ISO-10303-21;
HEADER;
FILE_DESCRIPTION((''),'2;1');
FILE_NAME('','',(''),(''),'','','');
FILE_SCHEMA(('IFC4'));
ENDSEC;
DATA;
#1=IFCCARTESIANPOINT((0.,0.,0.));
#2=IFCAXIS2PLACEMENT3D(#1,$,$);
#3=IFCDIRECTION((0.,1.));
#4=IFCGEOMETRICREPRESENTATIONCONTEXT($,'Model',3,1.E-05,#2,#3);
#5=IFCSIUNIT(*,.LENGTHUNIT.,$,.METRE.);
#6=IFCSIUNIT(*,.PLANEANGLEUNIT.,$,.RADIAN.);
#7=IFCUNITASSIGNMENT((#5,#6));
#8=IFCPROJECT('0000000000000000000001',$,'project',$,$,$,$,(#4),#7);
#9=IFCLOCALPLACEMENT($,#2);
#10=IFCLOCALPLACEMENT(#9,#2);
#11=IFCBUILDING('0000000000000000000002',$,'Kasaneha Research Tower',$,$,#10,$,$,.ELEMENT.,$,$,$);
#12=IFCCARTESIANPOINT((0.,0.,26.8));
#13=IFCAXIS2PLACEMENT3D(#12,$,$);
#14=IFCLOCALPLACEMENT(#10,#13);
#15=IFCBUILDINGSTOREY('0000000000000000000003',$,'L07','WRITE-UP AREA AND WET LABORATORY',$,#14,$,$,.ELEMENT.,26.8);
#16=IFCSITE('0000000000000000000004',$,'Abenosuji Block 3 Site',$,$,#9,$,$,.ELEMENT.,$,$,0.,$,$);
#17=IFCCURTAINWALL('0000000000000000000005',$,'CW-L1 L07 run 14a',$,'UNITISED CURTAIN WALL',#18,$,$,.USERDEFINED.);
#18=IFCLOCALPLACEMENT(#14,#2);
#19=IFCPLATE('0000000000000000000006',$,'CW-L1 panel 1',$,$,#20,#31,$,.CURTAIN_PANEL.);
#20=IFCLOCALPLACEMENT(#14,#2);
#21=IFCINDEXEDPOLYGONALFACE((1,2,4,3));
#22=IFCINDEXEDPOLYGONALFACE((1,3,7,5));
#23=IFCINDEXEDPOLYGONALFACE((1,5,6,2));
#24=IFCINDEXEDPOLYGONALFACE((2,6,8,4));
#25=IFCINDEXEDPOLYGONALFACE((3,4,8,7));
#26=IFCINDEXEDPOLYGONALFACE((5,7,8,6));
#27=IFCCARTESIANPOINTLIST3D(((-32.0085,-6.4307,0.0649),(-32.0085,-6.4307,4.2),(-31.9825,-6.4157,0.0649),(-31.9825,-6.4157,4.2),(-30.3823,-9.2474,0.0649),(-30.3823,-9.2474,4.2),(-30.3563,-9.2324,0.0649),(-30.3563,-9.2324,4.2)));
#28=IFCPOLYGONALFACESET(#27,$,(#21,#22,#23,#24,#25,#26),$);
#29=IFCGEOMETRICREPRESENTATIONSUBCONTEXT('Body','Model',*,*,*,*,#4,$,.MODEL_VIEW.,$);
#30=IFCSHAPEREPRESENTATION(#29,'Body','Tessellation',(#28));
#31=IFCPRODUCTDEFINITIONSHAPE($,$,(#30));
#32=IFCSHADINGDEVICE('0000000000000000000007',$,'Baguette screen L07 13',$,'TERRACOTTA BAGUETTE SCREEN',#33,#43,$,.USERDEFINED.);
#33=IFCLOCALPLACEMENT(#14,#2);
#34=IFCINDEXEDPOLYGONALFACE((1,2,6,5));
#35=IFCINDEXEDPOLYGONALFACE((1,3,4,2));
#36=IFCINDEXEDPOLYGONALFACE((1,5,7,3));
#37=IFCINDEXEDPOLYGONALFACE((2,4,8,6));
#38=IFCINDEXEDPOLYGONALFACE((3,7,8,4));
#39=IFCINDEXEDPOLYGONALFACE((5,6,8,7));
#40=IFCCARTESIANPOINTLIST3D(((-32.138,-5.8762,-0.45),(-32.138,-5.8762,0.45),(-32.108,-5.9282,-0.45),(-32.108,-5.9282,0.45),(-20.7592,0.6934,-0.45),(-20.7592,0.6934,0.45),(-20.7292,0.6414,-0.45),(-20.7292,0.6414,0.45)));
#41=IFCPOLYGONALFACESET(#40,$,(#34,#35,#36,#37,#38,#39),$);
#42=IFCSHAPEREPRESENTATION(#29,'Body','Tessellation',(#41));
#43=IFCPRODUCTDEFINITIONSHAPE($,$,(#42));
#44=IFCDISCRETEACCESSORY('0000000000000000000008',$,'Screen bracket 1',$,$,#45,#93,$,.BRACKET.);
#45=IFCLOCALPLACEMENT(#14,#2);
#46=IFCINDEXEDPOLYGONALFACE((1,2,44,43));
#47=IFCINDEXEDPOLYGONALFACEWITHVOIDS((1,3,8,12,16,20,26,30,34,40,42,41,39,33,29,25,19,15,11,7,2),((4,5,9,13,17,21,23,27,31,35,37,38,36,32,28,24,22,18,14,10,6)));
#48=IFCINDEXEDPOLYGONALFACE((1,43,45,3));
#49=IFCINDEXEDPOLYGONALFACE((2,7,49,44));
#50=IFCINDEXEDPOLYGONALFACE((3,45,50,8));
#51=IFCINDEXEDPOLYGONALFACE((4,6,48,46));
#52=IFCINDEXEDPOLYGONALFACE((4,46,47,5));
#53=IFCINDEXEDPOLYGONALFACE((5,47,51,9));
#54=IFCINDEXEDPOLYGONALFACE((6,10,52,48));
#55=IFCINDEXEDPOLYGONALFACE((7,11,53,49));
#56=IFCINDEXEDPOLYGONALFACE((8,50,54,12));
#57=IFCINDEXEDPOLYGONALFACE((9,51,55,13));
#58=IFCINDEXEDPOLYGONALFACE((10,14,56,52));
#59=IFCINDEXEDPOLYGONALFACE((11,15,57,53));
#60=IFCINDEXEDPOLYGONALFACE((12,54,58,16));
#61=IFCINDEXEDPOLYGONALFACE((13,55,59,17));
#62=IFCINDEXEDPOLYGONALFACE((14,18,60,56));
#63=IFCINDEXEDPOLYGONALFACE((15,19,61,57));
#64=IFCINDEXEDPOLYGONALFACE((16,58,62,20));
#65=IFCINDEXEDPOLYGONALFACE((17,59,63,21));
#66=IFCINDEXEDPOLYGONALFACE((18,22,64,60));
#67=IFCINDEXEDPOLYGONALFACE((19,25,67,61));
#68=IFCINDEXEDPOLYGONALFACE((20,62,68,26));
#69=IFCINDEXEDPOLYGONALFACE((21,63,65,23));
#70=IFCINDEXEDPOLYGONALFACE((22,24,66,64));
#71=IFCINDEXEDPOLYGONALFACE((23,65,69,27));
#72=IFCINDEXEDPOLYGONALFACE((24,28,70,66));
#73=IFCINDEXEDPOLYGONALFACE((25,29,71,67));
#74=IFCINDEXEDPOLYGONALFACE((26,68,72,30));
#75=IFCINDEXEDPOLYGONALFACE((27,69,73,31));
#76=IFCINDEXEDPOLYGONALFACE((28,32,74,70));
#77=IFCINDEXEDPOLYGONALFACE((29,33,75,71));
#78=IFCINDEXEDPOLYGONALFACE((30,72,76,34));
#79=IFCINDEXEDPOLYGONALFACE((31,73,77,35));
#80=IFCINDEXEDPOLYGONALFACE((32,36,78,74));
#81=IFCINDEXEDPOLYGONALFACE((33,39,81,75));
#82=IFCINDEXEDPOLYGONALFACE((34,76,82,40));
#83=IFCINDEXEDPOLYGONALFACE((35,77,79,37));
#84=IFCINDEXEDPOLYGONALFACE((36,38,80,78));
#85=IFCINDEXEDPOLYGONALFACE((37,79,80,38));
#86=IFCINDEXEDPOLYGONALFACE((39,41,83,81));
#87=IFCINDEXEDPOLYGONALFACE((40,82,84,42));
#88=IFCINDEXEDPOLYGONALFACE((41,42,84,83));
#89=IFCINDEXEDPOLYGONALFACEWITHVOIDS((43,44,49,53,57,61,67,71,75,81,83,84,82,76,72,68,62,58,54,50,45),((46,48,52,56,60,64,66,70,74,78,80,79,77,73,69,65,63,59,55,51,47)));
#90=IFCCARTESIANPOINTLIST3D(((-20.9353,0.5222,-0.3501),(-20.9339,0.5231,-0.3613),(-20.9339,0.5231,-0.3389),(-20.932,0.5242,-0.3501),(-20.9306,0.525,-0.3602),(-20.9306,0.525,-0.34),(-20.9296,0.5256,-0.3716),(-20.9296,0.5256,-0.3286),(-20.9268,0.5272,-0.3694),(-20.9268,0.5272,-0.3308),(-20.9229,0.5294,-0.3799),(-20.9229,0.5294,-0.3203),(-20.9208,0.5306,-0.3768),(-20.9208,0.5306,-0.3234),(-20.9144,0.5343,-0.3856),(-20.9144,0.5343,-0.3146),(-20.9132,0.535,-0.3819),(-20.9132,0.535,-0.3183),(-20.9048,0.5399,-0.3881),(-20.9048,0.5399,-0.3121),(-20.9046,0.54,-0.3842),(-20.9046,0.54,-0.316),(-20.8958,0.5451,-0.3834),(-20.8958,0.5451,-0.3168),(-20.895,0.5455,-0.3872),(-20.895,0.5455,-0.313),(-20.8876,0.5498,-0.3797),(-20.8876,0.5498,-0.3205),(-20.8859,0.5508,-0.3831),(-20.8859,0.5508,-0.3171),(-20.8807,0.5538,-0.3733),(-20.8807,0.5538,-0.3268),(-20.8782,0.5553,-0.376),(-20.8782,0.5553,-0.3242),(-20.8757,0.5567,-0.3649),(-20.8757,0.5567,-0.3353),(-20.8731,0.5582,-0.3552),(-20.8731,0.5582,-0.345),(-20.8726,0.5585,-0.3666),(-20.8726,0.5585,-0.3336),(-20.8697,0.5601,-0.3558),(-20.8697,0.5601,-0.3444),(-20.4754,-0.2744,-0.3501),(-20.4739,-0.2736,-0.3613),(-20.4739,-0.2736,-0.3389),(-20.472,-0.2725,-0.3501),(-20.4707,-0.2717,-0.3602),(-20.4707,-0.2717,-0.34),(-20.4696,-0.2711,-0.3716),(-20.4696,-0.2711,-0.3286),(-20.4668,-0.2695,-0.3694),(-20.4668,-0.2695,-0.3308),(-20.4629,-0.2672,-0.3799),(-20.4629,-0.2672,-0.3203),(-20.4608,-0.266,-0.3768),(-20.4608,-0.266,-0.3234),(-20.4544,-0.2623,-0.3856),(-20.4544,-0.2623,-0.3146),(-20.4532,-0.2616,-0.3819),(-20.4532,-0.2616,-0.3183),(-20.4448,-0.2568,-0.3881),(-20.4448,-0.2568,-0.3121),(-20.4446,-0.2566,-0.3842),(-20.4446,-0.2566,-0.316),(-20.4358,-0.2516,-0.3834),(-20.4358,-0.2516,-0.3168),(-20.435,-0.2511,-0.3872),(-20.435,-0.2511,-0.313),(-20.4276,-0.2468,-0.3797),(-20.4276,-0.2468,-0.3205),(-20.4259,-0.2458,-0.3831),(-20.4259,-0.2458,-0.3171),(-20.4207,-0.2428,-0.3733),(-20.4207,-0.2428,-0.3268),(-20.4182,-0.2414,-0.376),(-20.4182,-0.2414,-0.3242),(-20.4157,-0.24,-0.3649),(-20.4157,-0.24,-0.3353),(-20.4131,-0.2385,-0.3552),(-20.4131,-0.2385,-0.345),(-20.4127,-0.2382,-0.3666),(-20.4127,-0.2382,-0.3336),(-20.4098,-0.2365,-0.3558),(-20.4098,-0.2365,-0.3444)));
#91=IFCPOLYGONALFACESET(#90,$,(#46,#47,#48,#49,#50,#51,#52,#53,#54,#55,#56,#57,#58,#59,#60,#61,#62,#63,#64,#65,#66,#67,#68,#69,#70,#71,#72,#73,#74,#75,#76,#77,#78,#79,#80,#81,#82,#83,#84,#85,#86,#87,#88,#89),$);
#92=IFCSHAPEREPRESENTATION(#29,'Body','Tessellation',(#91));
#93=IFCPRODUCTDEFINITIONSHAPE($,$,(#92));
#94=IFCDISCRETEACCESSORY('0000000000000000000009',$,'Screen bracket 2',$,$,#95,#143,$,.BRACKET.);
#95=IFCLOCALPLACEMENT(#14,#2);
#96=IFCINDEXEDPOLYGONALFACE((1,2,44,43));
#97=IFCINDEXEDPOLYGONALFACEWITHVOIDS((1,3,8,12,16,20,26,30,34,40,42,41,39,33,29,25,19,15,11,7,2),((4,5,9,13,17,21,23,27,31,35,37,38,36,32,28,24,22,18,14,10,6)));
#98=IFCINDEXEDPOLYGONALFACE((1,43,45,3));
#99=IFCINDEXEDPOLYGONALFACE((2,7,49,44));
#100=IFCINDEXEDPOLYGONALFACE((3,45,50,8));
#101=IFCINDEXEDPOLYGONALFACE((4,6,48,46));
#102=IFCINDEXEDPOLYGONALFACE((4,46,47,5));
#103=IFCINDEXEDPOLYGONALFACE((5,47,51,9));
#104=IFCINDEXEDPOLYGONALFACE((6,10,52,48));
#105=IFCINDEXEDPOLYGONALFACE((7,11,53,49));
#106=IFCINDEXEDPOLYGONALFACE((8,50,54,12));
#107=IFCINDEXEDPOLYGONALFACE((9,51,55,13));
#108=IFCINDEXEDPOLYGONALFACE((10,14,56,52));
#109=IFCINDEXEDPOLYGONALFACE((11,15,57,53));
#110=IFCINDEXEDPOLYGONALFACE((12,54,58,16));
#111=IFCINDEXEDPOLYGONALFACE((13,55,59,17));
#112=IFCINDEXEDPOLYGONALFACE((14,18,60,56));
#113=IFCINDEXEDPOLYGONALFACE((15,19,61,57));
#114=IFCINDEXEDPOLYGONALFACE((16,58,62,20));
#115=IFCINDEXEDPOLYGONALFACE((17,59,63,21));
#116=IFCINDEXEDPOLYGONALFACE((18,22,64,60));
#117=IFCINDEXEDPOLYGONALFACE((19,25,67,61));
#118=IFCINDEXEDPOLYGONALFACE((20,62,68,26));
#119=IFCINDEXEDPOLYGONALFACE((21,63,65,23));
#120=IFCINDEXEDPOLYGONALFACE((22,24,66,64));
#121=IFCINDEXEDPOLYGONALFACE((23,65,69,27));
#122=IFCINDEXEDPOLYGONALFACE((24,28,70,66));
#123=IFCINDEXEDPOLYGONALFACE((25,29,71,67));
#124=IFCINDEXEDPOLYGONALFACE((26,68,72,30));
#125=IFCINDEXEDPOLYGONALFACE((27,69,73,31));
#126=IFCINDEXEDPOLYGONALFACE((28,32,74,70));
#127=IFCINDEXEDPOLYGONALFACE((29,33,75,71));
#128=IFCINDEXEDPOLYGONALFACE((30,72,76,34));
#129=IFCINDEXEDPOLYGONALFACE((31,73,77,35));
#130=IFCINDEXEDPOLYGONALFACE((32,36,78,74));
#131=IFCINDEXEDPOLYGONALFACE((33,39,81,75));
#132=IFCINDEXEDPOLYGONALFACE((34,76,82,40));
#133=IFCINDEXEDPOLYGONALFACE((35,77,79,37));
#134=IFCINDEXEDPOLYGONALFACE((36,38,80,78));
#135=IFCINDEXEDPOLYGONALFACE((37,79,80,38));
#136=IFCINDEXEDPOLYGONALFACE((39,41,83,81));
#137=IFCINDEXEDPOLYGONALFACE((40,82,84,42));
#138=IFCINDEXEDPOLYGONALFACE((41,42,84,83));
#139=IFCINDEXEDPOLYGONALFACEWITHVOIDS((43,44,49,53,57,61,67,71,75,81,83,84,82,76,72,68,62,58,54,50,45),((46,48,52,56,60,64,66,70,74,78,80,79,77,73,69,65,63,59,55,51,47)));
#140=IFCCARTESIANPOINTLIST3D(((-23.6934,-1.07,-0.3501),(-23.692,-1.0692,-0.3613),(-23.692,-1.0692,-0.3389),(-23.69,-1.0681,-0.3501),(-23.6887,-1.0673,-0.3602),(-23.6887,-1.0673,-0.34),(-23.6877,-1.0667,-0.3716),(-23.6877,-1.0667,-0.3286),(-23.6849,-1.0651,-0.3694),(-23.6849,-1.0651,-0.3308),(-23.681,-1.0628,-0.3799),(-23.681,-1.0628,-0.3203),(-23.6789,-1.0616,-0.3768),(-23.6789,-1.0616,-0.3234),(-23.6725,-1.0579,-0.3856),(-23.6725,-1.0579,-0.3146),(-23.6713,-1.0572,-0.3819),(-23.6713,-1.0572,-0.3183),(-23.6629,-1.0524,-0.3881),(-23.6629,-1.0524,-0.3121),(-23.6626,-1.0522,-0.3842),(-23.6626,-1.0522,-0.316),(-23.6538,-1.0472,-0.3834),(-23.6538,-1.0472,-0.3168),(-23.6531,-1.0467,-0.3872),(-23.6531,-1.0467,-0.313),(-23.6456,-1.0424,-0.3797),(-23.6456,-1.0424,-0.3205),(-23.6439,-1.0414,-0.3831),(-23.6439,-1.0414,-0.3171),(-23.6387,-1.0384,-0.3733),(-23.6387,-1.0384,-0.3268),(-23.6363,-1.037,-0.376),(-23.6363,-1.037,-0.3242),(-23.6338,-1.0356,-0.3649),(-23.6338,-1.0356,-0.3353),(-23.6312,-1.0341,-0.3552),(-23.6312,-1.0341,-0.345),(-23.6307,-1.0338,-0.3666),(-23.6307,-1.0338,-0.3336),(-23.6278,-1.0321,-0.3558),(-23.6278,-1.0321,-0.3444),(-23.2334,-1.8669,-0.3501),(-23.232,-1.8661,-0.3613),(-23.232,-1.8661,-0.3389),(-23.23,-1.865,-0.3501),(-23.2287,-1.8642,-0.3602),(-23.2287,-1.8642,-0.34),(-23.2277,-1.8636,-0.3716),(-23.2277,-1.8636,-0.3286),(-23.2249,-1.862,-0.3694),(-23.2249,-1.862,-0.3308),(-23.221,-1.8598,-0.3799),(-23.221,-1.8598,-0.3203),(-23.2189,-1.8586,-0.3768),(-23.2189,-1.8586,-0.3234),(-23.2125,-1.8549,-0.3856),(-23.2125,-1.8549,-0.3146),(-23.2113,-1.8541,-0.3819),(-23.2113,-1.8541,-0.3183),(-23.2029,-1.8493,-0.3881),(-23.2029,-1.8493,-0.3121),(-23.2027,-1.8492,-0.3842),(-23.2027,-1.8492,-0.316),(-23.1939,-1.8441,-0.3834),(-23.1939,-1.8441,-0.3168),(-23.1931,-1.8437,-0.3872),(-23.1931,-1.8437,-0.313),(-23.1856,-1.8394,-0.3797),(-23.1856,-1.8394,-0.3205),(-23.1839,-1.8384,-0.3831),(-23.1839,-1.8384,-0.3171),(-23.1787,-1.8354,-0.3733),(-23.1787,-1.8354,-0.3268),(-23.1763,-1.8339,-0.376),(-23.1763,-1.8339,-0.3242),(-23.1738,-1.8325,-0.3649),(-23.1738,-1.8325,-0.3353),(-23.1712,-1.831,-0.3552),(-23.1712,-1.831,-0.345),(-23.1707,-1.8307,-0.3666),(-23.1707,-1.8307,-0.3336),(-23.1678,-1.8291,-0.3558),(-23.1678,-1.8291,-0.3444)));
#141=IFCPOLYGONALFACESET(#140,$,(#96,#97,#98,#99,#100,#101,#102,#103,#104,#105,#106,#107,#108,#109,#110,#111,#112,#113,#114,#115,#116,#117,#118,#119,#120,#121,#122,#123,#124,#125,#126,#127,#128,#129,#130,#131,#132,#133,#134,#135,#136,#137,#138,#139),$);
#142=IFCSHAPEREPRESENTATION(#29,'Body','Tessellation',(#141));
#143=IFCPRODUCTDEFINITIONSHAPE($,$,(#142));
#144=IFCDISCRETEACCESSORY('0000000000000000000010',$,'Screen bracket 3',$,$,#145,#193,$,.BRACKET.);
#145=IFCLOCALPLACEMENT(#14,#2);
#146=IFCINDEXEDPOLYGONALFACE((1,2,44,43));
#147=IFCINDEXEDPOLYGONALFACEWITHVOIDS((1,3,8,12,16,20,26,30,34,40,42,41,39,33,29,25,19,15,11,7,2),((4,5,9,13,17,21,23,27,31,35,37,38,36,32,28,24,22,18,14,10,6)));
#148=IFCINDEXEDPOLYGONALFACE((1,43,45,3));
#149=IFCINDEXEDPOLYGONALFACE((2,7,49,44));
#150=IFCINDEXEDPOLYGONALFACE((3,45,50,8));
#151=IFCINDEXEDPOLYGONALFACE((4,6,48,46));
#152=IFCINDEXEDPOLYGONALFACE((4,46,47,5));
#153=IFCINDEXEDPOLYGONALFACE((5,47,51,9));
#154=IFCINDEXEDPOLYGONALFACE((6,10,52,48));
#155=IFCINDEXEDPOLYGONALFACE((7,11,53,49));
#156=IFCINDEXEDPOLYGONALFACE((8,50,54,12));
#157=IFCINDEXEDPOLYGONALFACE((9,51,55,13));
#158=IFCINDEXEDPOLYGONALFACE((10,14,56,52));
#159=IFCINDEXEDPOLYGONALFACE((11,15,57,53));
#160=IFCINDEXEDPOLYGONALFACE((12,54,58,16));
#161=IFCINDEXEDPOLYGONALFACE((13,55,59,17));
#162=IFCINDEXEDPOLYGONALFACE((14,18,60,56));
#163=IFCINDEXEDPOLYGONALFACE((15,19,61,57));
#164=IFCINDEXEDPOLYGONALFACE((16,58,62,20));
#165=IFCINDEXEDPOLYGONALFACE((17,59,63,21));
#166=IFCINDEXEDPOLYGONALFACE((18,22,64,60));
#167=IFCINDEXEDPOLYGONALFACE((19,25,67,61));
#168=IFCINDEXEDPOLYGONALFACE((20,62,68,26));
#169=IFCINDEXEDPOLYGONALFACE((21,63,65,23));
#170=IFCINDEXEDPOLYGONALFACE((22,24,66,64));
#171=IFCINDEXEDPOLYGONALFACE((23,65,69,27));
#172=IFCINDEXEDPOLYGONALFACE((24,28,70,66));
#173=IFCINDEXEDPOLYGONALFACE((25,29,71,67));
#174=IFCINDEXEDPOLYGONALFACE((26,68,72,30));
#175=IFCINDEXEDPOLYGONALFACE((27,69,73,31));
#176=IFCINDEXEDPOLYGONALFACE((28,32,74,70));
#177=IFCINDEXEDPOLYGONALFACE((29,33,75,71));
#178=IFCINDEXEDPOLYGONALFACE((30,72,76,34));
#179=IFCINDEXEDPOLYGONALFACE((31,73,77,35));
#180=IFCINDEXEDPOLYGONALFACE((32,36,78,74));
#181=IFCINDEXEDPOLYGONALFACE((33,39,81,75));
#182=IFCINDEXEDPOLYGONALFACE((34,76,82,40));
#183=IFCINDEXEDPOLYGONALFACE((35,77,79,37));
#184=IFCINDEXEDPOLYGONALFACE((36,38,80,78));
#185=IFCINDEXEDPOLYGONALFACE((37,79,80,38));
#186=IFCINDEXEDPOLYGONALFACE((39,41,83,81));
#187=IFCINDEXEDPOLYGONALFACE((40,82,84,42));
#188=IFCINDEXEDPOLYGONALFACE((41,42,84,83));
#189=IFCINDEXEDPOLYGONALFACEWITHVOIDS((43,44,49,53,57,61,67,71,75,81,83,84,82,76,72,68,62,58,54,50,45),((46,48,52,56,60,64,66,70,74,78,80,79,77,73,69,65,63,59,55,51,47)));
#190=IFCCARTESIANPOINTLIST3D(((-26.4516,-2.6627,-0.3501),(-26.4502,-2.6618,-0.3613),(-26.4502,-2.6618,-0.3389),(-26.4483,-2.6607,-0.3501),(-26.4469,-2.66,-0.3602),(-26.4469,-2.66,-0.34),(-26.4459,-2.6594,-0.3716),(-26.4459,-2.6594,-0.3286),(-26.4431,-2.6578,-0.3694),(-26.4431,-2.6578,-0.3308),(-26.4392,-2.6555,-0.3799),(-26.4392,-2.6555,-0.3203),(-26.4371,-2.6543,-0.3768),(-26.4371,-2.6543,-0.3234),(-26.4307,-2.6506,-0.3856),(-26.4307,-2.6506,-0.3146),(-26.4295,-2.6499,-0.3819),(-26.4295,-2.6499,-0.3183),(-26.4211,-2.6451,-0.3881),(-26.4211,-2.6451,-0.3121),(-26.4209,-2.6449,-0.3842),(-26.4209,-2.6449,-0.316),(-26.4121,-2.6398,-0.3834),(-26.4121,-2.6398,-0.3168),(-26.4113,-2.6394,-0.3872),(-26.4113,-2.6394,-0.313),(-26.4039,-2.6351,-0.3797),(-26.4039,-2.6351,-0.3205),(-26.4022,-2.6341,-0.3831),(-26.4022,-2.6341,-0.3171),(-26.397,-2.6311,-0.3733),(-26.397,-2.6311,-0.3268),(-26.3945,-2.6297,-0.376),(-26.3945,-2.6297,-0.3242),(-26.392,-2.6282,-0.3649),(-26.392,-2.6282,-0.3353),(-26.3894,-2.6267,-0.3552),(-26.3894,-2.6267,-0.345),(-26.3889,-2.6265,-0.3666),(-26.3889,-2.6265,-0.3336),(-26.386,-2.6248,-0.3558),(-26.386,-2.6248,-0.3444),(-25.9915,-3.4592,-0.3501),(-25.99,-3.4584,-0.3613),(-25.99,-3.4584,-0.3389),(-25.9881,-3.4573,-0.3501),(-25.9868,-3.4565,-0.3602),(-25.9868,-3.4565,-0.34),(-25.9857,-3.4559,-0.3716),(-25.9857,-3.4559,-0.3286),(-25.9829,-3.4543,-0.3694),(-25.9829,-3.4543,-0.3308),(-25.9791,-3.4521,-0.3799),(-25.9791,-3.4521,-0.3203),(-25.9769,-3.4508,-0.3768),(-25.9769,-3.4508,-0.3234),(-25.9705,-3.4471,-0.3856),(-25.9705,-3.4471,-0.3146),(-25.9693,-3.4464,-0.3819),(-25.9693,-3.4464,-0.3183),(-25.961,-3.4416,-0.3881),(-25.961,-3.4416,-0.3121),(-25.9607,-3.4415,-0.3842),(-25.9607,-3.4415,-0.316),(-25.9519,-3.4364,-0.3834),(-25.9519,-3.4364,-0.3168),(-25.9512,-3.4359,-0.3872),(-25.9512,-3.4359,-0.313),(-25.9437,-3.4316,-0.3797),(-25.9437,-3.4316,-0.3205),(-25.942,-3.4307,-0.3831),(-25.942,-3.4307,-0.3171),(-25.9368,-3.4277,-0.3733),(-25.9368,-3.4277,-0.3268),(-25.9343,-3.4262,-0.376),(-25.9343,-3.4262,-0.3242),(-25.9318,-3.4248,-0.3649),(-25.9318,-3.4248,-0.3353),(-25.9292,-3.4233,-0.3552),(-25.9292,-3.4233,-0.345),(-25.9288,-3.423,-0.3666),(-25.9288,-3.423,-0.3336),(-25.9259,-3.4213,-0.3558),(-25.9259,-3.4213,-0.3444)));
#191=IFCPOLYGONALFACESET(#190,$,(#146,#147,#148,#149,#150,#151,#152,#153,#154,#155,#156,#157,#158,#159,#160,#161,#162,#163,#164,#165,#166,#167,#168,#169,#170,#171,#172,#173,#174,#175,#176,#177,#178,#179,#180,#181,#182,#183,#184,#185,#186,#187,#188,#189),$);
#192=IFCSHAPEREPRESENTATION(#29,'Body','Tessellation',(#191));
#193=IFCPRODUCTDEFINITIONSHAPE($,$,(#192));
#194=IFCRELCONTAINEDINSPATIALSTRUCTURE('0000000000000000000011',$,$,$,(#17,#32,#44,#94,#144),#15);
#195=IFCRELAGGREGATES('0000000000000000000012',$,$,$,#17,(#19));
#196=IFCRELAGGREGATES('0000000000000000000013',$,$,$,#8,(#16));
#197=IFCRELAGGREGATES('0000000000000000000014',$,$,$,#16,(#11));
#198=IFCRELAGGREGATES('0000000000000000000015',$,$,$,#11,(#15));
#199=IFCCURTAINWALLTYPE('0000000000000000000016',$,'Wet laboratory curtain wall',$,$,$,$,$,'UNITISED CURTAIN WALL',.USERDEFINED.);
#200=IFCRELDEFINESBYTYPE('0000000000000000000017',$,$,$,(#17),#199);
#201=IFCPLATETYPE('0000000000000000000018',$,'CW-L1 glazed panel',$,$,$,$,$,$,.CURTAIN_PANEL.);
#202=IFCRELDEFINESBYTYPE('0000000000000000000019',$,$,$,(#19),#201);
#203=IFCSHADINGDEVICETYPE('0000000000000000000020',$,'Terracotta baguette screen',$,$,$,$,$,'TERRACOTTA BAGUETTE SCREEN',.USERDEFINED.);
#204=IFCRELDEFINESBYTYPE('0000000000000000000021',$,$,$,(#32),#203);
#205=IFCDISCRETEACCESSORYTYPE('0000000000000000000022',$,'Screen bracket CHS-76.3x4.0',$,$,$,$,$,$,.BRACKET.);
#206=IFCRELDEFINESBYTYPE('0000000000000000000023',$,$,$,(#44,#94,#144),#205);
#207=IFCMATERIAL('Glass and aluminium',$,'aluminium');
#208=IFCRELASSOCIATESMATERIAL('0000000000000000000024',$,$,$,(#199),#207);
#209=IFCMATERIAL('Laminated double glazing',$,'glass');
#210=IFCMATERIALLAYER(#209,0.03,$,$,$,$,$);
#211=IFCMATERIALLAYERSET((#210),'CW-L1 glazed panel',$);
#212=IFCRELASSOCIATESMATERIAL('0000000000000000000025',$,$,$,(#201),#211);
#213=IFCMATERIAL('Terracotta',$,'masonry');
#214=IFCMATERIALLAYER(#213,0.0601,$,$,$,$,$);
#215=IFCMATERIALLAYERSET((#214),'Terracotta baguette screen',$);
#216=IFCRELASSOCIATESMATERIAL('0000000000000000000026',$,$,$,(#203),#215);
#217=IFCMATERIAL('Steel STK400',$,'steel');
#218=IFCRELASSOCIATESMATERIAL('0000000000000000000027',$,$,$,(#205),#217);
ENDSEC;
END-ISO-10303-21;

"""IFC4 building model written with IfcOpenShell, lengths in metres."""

from ifc_helpers import new_model, si_unit, direction, frame, origin, origin_2d, place, context, subcontext, project, spatial, rectangle, hollow_circle, extrude, material, layer, layer_set, material_profile, profile_set, type_object, element, aggregate, save


model = new_model("IFC4")

# Units and contexts
model_context = context("Model", 3, precision=1e-05, world=origin(), true_north=direction((0.0, 1.0)))
body_context = subcontext(model_context, "Body", "Model", "MODEL_VIEW")
ifc_project = project(units=[si_unit("LENGTHUNIT", "METRE"), si_unit("PLANEANGLEUNIT", "RADIAN")], contexts=[model_context])

# Site, building, storey
site_placement = place(None, origin())
site = spatial("IfcSite", under=ifc_project, at=site_placement, Name="Abenosuji Block 3 Site", CompositionType="ELEMENT", RefElevation=0.0)
building_placement = place(site_placement, origin())
building = spatial("IfcBuilding", under=site, at=building_placement, Name="Kasaneha Research Tower", CompositionType="ELEMENT")
storey_placement = place(building_placement, frame((0.0, 0.0, 26.8)))
storey = spatial("IfcBuildingStorey", under=building, at=storey_placement, Name="L07", Description="WRITE-UP AREA AND WET LABORATORY", CompositionType="ELEMENT", Elevation=26.8)

# Shared definitions
ifc_material_1 = material(Name="Glass and aluminium", Category="aluminium")
curtain_wall_type = type_object("IfcCurtainWallType", Name="Wet laboratory curtain wall", ElementType="UNITISED CURTAIN WALL", PredefinedType="USERDEFINED", material=ifc_material_1)

# Curtain wall
curtain_wall_1_placement = place(storey_placement, origin())
curtain_wall_1 = element("IfcCurtainWall", 1, at=curtain_wall_1_placement, inside=storey, type_object=curtain_wall_type, Name="CW-L1 L07 run 14a", ObjectType="UNITISED CURTAIN WALL", PredefinedType="USERDEFINED")

# Plate
ifc_material_2 = material(Name="Laminated double glazing", Category="glass")
ifc_layer_1 = layer(ifc_material_2, 0.03)
ifc_layer_set_1 = layer_set([ifc_layer_1], Name="CW-L1 glazed panel")
plate_type = type_object("IfcPlateType", Name="CW-L1 glazed panel", PredefinedType="CURTAIN_PANEL", material=ifc_layer_set_1)
plate_1_placement = place(storey_placement, frame((-31.1824, -7.8315, 0.0649), z_axis=(0.0, 0.0, 1.0), x_axis=(0.5, -0.866025, 0.0)))
plate_1 = element("IfcPlate", 2, at=plate_1_placement, type_object=plate_type, Name="CW-L1 panel 1", PredefinedType="CURTAIN_PANEL", context=body_context, shape_type="SweptSolid", body=[
    extrude(rectangle(XDim=3.2524, YDim=0.03, at=origin_2d()), origin(), (0.0, 0.0, 1.0), 4.135),
])
aggregate(curtain_wall_1, [plate_1])

# Shading device
ifc_material_3 = material(Name="Terracotta", Category="masonry")
ifc_layer_2 = layer(ifc_material_3, 0.0601)
ifc_layer_set_2 = layer_set([ifc_layer_2], Name="Terracotta baguette screen")
shading_device_type = type_object("IfcShadingDeviceType", Name="Terracotta baguette screen", ElementType="TERRACOTTA BAGUETTE SCREEN", PredefinedType="USERDEFINED", material=ifc_layer_set_2)
shading_device_placement = place(storey_placement, frame((-26.4336, -2.6174, -0.45), z_axis=(0.0, 0.0, 1.0), x_axis=(-0.866025, -0.5, 0.0)))
element("IfcShadingDevice", 3, at=shading_device_placement, inside=storey, type_object=shading_device_type, Name="Baguette screen L07 13", ObjectType="TERRACOTTA BAGUETTE SCREEN", PredefinedType="USERDEFINED", context=body_context, shape_type="SweptSolid", body=[
    extrude(rectangle(XDim=13.1392, YDim=0.0601, at=origin_2d()), origin(), (0.0, 0.0, 1.0), 0.8999),
])

# Discrete accessories
ifc_material_4 = material(Name="Steel STK400", Category="steel")
ifc_material_profile_1 = material_profile(ifc_material_4, hollow_circle(Radius=0.0381, WallThickness=0.0039, at=origin_2d()), Name="CHS-76.3x4.0")
ifc_profile_set_1 = profile_set([ifc_material_profile_1], Name="Steel STK400")
discrete_accessory_type = type_object("IfcDiscreteAccessoryType", Name="Screen bracket CHS-76.3x4.0", PredefinedType="BRACKET", material=ifc_profile_set_1)
discrete_accessory_1_placement = place(storey_placement, frame((-20.4424, -0.2554, -0.3501), z_axis=(-0.500021, 0.866013, 0.0), x_axis=(-0.866013, -0.500021, 0.0)))
element("IfcDiscreteAccessory", 4, at=discrete_accessory_1_placement, inside=storey, type_object=discrete_accessory_type, Name="Screen bracket 1", PredefinedType="BRACKET", context=body_context, shape_type="SweptSolid", body=[
    extrude(hollow_circle(Radius=0.0381, WallThickness=0.0039, at=origin_2d()), origin(), (0.0, 0.0, 1.0), 0.9199),
])
discrete_accessory_2_placement = place(storey_placement, frame((-23.2004, -1.8479, -0.3501), z_axis=(-0.499906, 0.86608, 0.0), x_axis=(-0.86608, -0.499906, 0.0)))
element("IfcDiscreteAccessory", 5, at=discrete_accessory_2_placement, inside=storey, type_object=discrete_accessory_type, Name="Screen bracket 2", PredefinedType="BRACKET", context=body_context, shape_type="SweptSolid", body=[
    extrude(hollow_circle(Radius=0.0381, WallThickness=0.0039, at=origin_2d()), origin(), (0.0, 0.0, 1.0), 0.9202),
])
discrete_accessory_3_placement = place(storey_placement, frame((-25.9585, -3.4402, -0.3501), z_axis=(-0.50022, 0.865898, 0.0), x_axis=(-0.865898, -0.50022, 0.0)))
element("IfcDiscreteAccessory", 6, at=discrete_accessory_3_placement, inside=storey, type_object=discrete_accessory_type, Name="Screen bracket 3", PredefinedType="BRACKET", context=body_context, shape_type="SweptSolid", body=[
    extrude(hollow_circle(Radius=0.0381, WallThickness=0.0039, at=origin_2d()), origin(), (0.0, 0.0, 1.0), 0.9199),
])

save(model, "model.ifc")
